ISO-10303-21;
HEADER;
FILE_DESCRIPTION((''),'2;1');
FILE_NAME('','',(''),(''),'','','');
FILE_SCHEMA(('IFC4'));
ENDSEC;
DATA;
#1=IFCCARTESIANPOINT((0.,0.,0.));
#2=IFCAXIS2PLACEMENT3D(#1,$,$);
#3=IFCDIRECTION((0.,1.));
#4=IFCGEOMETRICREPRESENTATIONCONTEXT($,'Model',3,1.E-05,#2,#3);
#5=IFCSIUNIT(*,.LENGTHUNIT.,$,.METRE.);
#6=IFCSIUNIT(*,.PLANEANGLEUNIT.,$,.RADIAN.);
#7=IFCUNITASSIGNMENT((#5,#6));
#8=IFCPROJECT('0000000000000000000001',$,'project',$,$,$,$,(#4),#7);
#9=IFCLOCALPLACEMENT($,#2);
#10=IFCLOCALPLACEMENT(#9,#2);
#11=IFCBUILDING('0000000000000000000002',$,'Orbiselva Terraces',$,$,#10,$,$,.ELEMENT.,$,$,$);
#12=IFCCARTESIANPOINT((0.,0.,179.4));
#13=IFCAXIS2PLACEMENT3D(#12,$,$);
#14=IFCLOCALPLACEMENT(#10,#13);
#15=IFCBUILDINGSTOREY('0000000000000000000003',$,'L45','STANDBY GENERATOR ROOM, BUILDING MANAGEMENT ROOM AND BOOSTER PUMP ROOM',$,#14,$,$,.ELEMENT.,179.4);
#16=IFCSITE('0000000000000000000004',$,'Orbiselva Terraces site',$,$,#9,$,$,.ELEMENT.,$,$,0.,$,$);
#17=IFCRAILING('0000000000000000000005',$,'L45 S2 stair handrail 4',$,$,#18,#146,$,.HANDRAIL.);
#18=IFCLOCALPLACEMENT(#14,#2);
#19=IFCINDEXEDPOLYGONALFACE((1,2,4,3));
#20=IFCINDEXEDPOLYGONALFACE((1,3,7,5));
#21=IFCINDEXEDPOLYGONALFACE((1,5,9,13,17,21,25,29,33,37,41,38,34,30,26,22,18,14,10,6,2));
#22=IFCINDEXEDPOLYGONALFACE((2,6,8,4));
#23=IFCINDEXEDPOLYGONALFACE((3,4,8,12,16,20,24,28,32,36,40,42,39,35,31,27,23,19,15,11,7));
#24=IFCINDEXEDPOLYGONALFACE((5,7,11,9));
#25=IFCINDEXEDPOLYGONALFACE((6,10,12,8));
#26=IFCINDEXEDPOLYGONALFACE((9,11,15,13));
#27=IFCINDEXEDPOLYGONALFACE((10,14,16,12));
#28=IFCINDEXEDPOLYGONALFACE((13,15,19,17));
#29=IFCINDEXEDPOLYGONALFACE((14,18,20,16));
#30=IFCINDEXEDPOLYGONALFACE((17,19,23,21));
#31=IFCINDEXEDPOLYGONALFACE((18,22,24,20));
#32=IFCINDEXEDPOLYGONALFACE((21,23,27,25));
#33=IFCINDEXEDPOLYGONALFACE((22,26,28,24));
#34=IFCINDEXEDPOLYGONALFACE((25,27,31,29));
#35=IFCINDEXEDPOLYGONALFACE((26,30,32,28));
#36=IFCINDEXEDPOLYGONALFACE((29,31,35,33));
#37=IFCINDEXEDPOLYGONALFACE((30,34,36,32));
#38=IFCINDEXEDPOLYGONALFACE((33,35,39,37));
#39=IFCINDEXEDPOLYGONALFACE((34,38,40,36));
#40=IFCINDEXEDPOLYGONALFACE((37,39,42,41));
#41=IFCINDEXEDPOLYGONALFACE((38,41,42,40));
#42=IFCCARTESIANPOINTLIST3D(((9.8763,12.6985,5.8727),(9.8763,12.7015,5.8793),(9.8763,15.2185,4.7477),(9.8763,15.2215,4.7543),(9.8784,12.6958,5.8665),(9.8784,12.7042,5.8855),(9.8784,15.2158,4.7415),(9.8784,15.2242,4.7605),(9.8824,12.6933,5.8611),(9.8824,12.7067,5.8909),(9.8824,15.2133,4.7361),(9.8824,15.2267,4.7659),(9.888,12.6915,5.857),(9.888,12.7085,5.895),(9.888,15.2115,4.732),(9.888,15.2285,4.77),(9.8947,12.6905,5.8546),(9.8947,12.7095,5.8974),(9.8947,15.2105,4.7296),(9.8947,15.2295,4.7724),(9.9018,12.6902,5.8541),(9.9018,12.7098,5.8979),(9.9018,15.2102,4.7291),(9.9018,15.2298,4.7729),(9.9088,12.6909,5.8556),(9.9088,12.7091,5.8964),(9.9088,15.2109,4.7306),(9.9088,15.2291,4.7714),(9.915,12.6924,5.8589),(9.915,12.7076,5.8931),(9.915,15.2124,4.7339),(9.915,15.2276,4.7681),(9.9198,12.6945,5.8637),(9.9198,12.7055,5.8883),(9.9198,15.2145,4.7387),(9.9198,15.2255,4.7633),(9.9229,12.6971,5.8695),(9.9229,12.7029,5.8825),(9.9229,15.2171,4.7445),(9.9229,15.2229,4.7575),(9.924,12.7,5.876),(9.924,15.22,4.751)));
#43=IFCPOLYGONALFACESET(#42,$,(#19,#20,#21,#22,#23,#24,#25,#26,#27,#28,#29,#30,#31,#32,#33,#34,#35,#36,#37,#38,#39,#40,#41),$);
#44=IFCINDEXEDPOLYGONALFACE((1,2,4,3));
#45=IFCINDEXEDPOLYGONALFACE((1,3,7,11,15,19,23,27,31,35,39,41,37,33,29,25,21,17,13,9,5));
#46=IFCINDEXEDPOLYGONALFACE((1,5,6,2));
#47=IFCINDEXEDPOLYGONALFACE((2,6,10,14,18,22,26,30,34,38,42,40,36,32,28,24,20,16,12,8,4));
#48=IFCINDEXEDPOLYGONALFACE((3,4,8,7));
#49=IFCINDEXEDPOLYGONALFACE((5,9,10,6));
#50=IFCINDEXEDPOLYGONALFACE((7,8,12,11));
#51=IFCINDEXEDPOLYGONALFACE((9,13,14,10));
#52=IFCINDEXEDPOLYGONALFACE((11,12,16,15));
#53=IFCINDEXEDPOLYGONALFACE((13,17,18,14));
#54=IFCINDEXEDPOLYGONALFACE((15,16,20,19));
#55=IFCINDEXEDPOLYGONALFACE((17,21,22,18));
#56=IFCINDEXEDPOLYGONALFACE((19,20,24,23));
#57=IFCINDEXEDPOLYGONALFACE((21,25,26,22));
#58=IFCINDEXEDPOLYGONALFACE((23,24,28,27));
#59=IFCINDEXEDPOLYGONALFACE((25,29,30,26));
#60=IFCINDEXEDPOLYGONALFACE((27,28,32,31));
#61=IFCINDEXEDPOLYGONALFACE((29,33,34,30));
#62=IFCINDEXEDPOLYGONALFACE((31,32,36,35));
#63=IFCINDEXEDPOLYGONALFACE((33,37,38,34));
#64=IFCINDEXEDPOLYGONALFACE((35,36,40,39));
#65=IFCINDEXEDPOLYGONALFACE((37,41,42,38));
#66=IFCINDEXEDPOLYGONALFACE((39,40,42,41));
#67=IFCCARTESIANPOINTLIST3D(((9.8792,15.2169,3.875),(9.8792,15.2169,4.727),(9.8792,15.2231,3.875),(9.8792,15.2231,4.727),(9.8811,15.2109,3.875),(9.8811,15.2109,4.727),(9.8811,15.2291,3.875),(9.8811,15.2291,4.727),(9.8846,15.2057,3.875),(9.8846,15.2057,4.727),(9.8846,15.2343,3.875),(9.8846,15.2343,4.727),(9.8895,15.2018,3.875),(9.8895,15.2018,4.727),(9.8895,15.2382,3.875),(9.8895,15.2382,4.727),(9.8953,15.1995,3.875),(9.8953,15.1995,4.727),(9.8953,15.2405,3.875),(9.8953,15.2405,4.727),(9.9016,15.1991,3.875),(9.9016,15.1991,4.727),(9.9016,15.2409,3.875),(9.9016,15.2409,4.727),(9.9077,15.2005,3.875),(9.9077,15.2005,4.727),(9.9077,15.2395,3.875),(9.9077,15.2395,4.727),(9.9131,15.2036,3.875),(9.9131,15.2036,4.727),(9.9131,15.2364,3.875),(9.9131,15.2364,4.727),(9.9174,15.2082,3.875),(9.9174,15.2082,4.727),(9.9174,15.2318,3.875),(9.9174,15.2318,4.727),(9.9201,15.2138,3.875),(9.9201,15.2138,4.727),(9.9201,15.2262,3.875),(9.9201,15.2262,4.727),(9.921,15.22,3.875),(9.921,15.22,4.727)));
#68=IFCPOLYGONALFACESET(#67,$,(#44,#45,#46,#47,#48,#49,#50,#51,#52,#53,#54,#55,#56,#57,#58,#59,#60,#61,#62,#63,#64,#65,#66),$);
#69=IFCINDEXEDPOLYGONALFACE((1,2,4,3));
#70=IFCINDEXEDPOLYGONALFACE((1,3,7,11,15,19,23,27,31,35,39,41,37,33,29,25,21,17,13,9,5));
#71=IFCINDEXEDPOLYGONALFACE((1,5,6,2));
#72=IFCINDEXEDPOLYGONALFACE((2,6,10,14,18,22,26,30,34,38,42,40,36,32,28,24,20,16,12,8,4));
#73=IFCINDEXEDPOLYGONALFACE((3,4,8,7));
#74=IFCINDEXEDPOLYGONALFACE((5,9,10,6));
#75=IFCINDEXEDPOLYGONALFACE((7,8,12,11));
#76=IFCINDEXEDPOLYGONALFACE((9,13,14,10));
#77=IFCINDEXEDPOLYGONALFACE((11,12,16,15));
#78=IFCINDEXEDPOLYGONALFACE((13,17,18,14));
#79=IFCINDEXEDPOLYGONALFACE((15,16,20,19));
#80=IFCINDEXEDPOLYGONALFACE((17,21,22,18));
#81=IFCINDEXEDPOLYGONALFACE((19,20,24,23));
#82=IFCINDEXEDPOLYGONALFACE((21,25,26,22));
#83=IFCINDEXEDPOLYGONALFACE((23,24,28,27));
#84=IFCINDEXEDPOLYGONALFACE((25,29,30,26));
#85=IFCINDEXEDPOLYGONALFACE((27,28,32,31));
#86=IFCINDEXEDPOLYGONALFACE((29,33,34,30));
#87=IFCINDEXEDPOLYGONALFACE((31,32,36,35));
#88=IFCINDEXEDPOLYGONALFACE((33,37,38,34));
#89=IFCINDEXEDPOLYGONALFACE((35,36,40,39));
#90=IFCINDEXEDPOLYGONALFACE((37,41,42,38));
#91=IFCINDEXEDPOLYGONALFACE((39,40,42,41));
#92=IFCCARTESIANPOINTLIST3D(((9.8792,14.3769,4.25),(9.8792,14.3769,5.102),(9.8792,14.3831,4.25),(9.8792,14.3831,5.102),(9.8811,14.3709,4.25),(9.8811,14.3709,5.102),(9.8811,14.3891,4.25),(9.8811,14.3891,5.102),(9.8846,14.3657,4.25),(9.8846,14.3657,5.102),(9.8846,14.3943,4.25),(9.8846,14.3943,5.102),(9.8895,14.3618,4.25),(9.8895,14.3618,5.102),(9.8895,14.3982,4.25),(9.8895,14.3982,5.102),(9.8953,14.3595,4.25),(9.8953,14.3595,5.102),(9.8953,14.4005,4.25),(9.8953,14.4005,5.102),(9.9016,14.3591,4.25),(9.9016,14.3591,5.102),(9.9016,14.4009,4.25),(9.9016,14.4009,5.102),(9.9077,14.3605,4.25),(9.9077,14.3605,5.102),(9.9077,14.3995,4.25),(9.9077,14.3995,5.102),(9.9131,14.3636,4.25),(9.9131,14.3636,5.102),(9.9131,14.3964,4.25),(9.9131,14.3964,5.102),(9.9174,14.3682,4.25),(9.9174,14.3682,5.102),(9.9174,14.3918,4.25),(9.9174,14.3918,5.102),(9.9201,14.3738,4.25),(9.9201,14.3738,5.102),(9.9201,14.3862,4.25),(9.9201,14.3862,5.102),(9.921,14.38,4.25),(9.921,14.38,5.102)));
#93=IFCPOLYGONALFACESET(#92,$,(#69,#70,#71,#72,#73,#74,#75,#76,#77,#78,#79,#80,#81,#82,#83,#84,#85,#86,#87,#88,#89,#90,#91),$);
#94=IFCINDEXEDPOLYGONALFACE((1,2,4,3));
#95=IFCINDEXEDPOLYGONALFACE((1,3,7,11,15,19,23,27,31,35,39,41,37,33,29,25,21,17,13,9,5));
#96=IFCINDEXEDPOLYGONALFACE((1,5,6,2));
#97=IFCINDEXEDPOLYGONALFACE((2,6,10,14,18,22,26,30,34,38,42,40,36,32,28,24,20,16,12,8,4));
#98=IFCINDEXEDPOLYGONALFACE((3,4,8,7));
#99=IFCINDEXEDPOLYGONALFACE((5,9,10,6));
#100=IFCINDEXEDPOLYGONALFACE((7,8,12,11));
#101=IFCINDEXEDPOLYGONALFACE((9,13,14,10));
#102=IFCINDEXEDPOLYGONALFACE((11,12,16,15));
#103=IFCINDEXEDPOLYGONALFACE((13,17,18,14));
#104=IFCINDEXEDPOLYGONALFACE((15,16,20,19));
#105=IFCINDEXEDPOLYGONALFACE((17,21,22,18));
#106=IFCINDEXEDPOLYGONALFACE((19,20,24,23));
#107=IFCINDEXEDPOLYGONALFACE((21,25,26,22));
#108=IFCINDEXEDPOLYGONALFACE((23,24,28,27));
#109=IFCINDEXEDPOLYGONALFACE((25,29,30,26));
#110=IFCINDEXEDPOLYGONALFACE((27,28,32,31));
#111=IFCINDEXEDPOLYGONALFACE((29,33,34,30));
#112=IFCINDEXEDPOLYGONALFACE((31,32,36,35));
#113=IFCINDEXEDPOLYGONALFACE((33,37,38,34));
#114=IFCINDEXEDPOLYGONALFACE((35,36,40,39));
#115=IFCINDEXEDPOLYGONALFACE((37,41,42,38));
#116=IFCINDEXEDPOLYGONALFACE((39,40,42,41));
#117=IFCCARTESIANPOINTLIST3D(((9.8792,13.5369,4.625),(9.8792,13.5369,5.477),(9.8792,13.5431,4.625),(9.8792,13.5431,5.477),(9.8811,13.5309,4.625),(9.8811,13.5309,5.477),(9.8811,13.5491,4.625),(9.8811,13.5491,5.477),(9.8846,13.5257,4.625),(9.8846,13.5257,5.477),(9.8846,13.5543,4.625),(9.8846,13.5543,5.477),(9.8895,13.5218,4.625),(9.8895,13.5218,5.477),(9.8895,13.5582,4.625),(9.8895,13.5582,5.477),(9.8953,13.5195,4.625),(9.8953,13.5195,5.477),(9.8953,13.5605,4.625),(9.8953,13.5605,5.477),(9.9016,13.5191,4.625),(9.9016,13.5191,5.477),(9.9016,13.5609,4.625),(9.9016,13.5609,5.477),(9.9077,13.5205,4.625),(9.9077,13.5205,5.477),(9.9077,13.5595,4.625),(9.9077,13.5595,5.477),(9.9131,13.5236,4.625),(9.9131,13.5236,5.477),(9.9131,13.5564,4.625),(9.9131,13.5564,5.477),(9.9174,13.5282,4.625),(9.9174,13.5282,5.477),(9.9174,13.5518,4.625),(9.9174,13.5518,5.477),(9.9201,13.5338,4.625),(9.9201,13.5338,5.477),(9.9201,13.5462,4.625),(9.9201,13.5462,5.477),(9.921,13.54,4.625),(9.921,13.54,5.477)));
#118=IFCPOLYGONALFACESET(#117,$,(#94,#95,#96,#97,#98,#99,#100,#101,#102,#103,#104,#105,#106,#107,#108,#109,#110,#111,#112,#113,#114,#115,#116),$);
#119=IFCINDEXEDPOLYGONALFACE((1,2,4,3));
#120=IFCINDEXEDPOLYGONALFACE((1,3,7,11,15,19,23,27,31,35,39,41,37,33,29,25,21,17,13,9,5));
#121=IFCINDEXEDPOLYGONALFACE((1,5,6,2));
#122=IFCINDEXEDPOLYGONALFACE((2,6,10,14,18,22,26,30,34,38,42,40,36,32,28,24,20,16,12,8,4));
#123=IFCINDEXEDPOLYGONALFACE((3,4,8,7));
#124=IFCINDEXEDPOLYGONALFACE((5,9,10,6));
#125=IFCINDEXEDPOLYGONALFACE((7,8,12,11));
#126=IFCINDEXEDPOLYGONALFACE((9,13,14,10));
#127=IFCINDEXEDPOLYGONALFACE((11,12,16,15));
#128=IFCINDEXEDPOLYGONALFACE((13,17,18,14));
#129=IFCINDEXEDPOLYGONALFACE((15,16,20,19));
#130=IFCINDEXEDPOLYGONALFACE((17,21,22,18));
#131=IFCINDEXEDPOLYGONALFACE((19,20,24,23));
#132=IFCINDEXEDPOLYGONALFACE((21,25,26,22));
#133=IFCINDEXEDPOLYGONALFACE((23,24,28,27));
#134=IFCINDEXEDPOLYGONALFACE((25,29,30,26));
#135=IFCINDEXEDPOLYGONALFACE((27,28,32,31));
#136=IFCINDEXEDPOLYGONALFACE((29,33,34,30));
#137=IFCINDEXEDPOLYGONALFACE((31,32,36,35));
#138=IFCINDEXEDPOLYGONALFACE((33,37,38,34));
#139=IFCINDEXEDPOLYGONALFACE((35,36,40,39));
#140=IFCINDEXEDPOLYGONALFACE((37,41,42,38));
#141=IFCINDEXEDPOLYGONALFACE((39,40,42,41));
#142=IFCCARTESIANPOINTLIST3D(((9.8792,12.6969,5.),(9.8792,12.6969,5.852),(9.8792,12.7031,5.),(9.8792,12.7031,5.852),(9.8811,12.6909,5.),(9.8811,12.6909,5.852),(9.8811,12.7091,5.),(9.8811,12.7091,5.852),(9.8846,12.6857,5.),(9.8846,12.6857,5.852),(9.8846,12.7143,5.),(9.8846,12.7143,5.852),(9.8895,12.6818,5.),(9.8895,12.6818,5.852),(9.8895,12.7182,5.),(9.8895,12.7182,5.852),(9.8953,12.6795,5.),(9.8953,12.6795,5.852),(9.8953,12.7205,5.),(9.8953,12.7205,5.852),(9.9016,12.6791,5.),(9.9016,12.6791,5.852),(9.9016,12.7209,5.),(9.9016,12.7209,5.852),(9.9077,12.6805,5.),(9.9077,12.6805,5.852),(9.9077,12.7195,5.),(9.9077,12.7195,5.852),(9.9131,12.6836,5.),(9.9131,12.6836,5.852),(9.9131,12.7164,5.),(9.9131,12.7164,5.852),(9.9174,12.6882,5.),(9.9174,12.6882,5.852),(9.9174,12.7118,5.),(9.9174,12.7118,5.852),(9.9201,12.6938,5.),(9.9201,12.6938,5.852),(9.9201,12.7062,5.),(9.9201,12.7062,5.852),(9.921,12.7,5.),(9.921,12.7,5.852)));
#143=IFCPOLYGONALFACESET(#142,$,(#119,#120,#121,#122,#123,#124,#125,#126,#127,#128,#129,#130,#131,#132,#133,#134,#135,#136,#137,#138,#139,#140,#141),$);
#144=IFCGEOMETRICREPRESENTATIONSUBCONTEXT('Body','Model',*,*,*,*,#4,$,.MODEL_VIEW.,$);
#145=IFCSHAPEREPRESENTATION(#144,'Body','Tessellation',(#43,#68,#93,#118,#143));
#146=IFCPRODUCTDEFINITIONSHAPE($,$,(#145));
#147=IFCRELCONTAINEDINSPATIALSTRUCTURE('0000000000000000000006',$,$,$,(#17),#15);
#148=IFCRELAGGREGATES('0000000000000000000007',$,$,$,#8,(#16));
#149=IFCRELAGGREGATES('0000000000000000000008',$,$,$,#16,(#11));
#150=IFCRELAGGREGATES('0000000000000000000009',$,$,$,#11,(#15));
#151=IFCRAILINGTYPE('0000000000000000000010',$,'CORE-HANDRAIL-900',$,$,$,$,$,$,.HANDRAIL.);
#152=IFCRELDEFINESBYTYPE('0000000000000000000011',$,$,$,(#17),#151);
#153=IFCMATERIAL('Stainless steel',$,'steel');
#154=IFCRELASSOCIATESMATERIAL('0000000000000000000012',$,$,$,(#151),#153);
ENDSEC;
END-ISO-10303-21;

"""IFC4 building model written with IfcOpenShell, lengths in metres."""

from ifc_helpers import new_model, si_unit, direction, frame, origin, origin_2d, place, context, subcontext, project, spatial, circle, extrude, material, type_object, element, save


model = new_model("IFC4")

# Units and contexts
model_context = context("Model", 3, precision=1e-05, world=origin(), true_north=direction((0.0, 1.0)))
body_context = subcontext(model_context, "Body", "Model", "MODEL_VIEW")
ifc_project = project(units=[si_unit("LENGTHUNIT", "METRE"), si_unit("PLANEANGLEUNIT", "RADIAN")], contexts=[model_context])

# Site, building, storey
site_placement = place(None, origin())
site = spatial("IfcSite", under=ifc_project, at=site_placement, Name="Orbiselva Terraces site", CompositionType="ELEMENT", RefElevation=0.0)
building_placement = place(site_placement, origin())
building = spatial("IfcBuilding", under=site, at=building_placement, Name="Orbiselva Terraces", CompositionType="ELEMENT")
storey_placement = place(building_placement, frame((0.0, 0.0, 179.4)))
storey = spatial("IfcBuildingStorey", under=building, at=storey_placement, Name="L45", Description="STANDBY GENERATOR ROOM, BUILDING MANAGEMENT ROOM AND BOOSTER PUMP ROOM", CompositionType="ELEMENT", Elevation=179.4)

# Railing
ifc_material_1 = material(Name="Stainless steel", Category="steel")
railing_type = type_object("IfcRailingType", Name="CORE-HANDRAIL-900", PredefinedType="HANDRAIL", material=ifc_material_1)
for number, where, name in (
    (1, (9.9, 15.22, 3.875), "L45 S2 stair handrail 4"),
):
    element("IfcRailing", number, at=place(storey_placement, frame(where)), inside=storey, type_object=railing_type, Name=name, PredefinedType="HANDRAIL", context=body_context, shape_type="SweptSolid", body=[
        extrude(circle(Radius=0.024, at=origin_2d()), frame((0.0, 0.0, 0.876), z_axis=(0.0, -0.913138, 0.407651), x_axis=(1.0, 0.0, 0.0)), (0.0, 0.0, 1.0), 2.7597),
        extrude(circle(Radius=0.021, at=origin_2d()), origin(), (0.0, 0.0, 1.0), 0.852),
        extrude(circle(Radius=0.021, at=origin_2d()), frame((0.0, -0.84, 0.375)), (0.0, 0.0, 1.0), 0.852),
        extrude(circle(Radius=0.021, at=origin_2d()), frame((0.0, -1.68, 0.75)), (0.0, 0.0, 1.0), 0.852),
        extrude(circle(Radius=0.021, at=origin_2d()), frame((0.0, -2.52, 1.125)), (0.0, 0.0, 1.0), 0.852),
    ])

save(model, "model.ifc")
